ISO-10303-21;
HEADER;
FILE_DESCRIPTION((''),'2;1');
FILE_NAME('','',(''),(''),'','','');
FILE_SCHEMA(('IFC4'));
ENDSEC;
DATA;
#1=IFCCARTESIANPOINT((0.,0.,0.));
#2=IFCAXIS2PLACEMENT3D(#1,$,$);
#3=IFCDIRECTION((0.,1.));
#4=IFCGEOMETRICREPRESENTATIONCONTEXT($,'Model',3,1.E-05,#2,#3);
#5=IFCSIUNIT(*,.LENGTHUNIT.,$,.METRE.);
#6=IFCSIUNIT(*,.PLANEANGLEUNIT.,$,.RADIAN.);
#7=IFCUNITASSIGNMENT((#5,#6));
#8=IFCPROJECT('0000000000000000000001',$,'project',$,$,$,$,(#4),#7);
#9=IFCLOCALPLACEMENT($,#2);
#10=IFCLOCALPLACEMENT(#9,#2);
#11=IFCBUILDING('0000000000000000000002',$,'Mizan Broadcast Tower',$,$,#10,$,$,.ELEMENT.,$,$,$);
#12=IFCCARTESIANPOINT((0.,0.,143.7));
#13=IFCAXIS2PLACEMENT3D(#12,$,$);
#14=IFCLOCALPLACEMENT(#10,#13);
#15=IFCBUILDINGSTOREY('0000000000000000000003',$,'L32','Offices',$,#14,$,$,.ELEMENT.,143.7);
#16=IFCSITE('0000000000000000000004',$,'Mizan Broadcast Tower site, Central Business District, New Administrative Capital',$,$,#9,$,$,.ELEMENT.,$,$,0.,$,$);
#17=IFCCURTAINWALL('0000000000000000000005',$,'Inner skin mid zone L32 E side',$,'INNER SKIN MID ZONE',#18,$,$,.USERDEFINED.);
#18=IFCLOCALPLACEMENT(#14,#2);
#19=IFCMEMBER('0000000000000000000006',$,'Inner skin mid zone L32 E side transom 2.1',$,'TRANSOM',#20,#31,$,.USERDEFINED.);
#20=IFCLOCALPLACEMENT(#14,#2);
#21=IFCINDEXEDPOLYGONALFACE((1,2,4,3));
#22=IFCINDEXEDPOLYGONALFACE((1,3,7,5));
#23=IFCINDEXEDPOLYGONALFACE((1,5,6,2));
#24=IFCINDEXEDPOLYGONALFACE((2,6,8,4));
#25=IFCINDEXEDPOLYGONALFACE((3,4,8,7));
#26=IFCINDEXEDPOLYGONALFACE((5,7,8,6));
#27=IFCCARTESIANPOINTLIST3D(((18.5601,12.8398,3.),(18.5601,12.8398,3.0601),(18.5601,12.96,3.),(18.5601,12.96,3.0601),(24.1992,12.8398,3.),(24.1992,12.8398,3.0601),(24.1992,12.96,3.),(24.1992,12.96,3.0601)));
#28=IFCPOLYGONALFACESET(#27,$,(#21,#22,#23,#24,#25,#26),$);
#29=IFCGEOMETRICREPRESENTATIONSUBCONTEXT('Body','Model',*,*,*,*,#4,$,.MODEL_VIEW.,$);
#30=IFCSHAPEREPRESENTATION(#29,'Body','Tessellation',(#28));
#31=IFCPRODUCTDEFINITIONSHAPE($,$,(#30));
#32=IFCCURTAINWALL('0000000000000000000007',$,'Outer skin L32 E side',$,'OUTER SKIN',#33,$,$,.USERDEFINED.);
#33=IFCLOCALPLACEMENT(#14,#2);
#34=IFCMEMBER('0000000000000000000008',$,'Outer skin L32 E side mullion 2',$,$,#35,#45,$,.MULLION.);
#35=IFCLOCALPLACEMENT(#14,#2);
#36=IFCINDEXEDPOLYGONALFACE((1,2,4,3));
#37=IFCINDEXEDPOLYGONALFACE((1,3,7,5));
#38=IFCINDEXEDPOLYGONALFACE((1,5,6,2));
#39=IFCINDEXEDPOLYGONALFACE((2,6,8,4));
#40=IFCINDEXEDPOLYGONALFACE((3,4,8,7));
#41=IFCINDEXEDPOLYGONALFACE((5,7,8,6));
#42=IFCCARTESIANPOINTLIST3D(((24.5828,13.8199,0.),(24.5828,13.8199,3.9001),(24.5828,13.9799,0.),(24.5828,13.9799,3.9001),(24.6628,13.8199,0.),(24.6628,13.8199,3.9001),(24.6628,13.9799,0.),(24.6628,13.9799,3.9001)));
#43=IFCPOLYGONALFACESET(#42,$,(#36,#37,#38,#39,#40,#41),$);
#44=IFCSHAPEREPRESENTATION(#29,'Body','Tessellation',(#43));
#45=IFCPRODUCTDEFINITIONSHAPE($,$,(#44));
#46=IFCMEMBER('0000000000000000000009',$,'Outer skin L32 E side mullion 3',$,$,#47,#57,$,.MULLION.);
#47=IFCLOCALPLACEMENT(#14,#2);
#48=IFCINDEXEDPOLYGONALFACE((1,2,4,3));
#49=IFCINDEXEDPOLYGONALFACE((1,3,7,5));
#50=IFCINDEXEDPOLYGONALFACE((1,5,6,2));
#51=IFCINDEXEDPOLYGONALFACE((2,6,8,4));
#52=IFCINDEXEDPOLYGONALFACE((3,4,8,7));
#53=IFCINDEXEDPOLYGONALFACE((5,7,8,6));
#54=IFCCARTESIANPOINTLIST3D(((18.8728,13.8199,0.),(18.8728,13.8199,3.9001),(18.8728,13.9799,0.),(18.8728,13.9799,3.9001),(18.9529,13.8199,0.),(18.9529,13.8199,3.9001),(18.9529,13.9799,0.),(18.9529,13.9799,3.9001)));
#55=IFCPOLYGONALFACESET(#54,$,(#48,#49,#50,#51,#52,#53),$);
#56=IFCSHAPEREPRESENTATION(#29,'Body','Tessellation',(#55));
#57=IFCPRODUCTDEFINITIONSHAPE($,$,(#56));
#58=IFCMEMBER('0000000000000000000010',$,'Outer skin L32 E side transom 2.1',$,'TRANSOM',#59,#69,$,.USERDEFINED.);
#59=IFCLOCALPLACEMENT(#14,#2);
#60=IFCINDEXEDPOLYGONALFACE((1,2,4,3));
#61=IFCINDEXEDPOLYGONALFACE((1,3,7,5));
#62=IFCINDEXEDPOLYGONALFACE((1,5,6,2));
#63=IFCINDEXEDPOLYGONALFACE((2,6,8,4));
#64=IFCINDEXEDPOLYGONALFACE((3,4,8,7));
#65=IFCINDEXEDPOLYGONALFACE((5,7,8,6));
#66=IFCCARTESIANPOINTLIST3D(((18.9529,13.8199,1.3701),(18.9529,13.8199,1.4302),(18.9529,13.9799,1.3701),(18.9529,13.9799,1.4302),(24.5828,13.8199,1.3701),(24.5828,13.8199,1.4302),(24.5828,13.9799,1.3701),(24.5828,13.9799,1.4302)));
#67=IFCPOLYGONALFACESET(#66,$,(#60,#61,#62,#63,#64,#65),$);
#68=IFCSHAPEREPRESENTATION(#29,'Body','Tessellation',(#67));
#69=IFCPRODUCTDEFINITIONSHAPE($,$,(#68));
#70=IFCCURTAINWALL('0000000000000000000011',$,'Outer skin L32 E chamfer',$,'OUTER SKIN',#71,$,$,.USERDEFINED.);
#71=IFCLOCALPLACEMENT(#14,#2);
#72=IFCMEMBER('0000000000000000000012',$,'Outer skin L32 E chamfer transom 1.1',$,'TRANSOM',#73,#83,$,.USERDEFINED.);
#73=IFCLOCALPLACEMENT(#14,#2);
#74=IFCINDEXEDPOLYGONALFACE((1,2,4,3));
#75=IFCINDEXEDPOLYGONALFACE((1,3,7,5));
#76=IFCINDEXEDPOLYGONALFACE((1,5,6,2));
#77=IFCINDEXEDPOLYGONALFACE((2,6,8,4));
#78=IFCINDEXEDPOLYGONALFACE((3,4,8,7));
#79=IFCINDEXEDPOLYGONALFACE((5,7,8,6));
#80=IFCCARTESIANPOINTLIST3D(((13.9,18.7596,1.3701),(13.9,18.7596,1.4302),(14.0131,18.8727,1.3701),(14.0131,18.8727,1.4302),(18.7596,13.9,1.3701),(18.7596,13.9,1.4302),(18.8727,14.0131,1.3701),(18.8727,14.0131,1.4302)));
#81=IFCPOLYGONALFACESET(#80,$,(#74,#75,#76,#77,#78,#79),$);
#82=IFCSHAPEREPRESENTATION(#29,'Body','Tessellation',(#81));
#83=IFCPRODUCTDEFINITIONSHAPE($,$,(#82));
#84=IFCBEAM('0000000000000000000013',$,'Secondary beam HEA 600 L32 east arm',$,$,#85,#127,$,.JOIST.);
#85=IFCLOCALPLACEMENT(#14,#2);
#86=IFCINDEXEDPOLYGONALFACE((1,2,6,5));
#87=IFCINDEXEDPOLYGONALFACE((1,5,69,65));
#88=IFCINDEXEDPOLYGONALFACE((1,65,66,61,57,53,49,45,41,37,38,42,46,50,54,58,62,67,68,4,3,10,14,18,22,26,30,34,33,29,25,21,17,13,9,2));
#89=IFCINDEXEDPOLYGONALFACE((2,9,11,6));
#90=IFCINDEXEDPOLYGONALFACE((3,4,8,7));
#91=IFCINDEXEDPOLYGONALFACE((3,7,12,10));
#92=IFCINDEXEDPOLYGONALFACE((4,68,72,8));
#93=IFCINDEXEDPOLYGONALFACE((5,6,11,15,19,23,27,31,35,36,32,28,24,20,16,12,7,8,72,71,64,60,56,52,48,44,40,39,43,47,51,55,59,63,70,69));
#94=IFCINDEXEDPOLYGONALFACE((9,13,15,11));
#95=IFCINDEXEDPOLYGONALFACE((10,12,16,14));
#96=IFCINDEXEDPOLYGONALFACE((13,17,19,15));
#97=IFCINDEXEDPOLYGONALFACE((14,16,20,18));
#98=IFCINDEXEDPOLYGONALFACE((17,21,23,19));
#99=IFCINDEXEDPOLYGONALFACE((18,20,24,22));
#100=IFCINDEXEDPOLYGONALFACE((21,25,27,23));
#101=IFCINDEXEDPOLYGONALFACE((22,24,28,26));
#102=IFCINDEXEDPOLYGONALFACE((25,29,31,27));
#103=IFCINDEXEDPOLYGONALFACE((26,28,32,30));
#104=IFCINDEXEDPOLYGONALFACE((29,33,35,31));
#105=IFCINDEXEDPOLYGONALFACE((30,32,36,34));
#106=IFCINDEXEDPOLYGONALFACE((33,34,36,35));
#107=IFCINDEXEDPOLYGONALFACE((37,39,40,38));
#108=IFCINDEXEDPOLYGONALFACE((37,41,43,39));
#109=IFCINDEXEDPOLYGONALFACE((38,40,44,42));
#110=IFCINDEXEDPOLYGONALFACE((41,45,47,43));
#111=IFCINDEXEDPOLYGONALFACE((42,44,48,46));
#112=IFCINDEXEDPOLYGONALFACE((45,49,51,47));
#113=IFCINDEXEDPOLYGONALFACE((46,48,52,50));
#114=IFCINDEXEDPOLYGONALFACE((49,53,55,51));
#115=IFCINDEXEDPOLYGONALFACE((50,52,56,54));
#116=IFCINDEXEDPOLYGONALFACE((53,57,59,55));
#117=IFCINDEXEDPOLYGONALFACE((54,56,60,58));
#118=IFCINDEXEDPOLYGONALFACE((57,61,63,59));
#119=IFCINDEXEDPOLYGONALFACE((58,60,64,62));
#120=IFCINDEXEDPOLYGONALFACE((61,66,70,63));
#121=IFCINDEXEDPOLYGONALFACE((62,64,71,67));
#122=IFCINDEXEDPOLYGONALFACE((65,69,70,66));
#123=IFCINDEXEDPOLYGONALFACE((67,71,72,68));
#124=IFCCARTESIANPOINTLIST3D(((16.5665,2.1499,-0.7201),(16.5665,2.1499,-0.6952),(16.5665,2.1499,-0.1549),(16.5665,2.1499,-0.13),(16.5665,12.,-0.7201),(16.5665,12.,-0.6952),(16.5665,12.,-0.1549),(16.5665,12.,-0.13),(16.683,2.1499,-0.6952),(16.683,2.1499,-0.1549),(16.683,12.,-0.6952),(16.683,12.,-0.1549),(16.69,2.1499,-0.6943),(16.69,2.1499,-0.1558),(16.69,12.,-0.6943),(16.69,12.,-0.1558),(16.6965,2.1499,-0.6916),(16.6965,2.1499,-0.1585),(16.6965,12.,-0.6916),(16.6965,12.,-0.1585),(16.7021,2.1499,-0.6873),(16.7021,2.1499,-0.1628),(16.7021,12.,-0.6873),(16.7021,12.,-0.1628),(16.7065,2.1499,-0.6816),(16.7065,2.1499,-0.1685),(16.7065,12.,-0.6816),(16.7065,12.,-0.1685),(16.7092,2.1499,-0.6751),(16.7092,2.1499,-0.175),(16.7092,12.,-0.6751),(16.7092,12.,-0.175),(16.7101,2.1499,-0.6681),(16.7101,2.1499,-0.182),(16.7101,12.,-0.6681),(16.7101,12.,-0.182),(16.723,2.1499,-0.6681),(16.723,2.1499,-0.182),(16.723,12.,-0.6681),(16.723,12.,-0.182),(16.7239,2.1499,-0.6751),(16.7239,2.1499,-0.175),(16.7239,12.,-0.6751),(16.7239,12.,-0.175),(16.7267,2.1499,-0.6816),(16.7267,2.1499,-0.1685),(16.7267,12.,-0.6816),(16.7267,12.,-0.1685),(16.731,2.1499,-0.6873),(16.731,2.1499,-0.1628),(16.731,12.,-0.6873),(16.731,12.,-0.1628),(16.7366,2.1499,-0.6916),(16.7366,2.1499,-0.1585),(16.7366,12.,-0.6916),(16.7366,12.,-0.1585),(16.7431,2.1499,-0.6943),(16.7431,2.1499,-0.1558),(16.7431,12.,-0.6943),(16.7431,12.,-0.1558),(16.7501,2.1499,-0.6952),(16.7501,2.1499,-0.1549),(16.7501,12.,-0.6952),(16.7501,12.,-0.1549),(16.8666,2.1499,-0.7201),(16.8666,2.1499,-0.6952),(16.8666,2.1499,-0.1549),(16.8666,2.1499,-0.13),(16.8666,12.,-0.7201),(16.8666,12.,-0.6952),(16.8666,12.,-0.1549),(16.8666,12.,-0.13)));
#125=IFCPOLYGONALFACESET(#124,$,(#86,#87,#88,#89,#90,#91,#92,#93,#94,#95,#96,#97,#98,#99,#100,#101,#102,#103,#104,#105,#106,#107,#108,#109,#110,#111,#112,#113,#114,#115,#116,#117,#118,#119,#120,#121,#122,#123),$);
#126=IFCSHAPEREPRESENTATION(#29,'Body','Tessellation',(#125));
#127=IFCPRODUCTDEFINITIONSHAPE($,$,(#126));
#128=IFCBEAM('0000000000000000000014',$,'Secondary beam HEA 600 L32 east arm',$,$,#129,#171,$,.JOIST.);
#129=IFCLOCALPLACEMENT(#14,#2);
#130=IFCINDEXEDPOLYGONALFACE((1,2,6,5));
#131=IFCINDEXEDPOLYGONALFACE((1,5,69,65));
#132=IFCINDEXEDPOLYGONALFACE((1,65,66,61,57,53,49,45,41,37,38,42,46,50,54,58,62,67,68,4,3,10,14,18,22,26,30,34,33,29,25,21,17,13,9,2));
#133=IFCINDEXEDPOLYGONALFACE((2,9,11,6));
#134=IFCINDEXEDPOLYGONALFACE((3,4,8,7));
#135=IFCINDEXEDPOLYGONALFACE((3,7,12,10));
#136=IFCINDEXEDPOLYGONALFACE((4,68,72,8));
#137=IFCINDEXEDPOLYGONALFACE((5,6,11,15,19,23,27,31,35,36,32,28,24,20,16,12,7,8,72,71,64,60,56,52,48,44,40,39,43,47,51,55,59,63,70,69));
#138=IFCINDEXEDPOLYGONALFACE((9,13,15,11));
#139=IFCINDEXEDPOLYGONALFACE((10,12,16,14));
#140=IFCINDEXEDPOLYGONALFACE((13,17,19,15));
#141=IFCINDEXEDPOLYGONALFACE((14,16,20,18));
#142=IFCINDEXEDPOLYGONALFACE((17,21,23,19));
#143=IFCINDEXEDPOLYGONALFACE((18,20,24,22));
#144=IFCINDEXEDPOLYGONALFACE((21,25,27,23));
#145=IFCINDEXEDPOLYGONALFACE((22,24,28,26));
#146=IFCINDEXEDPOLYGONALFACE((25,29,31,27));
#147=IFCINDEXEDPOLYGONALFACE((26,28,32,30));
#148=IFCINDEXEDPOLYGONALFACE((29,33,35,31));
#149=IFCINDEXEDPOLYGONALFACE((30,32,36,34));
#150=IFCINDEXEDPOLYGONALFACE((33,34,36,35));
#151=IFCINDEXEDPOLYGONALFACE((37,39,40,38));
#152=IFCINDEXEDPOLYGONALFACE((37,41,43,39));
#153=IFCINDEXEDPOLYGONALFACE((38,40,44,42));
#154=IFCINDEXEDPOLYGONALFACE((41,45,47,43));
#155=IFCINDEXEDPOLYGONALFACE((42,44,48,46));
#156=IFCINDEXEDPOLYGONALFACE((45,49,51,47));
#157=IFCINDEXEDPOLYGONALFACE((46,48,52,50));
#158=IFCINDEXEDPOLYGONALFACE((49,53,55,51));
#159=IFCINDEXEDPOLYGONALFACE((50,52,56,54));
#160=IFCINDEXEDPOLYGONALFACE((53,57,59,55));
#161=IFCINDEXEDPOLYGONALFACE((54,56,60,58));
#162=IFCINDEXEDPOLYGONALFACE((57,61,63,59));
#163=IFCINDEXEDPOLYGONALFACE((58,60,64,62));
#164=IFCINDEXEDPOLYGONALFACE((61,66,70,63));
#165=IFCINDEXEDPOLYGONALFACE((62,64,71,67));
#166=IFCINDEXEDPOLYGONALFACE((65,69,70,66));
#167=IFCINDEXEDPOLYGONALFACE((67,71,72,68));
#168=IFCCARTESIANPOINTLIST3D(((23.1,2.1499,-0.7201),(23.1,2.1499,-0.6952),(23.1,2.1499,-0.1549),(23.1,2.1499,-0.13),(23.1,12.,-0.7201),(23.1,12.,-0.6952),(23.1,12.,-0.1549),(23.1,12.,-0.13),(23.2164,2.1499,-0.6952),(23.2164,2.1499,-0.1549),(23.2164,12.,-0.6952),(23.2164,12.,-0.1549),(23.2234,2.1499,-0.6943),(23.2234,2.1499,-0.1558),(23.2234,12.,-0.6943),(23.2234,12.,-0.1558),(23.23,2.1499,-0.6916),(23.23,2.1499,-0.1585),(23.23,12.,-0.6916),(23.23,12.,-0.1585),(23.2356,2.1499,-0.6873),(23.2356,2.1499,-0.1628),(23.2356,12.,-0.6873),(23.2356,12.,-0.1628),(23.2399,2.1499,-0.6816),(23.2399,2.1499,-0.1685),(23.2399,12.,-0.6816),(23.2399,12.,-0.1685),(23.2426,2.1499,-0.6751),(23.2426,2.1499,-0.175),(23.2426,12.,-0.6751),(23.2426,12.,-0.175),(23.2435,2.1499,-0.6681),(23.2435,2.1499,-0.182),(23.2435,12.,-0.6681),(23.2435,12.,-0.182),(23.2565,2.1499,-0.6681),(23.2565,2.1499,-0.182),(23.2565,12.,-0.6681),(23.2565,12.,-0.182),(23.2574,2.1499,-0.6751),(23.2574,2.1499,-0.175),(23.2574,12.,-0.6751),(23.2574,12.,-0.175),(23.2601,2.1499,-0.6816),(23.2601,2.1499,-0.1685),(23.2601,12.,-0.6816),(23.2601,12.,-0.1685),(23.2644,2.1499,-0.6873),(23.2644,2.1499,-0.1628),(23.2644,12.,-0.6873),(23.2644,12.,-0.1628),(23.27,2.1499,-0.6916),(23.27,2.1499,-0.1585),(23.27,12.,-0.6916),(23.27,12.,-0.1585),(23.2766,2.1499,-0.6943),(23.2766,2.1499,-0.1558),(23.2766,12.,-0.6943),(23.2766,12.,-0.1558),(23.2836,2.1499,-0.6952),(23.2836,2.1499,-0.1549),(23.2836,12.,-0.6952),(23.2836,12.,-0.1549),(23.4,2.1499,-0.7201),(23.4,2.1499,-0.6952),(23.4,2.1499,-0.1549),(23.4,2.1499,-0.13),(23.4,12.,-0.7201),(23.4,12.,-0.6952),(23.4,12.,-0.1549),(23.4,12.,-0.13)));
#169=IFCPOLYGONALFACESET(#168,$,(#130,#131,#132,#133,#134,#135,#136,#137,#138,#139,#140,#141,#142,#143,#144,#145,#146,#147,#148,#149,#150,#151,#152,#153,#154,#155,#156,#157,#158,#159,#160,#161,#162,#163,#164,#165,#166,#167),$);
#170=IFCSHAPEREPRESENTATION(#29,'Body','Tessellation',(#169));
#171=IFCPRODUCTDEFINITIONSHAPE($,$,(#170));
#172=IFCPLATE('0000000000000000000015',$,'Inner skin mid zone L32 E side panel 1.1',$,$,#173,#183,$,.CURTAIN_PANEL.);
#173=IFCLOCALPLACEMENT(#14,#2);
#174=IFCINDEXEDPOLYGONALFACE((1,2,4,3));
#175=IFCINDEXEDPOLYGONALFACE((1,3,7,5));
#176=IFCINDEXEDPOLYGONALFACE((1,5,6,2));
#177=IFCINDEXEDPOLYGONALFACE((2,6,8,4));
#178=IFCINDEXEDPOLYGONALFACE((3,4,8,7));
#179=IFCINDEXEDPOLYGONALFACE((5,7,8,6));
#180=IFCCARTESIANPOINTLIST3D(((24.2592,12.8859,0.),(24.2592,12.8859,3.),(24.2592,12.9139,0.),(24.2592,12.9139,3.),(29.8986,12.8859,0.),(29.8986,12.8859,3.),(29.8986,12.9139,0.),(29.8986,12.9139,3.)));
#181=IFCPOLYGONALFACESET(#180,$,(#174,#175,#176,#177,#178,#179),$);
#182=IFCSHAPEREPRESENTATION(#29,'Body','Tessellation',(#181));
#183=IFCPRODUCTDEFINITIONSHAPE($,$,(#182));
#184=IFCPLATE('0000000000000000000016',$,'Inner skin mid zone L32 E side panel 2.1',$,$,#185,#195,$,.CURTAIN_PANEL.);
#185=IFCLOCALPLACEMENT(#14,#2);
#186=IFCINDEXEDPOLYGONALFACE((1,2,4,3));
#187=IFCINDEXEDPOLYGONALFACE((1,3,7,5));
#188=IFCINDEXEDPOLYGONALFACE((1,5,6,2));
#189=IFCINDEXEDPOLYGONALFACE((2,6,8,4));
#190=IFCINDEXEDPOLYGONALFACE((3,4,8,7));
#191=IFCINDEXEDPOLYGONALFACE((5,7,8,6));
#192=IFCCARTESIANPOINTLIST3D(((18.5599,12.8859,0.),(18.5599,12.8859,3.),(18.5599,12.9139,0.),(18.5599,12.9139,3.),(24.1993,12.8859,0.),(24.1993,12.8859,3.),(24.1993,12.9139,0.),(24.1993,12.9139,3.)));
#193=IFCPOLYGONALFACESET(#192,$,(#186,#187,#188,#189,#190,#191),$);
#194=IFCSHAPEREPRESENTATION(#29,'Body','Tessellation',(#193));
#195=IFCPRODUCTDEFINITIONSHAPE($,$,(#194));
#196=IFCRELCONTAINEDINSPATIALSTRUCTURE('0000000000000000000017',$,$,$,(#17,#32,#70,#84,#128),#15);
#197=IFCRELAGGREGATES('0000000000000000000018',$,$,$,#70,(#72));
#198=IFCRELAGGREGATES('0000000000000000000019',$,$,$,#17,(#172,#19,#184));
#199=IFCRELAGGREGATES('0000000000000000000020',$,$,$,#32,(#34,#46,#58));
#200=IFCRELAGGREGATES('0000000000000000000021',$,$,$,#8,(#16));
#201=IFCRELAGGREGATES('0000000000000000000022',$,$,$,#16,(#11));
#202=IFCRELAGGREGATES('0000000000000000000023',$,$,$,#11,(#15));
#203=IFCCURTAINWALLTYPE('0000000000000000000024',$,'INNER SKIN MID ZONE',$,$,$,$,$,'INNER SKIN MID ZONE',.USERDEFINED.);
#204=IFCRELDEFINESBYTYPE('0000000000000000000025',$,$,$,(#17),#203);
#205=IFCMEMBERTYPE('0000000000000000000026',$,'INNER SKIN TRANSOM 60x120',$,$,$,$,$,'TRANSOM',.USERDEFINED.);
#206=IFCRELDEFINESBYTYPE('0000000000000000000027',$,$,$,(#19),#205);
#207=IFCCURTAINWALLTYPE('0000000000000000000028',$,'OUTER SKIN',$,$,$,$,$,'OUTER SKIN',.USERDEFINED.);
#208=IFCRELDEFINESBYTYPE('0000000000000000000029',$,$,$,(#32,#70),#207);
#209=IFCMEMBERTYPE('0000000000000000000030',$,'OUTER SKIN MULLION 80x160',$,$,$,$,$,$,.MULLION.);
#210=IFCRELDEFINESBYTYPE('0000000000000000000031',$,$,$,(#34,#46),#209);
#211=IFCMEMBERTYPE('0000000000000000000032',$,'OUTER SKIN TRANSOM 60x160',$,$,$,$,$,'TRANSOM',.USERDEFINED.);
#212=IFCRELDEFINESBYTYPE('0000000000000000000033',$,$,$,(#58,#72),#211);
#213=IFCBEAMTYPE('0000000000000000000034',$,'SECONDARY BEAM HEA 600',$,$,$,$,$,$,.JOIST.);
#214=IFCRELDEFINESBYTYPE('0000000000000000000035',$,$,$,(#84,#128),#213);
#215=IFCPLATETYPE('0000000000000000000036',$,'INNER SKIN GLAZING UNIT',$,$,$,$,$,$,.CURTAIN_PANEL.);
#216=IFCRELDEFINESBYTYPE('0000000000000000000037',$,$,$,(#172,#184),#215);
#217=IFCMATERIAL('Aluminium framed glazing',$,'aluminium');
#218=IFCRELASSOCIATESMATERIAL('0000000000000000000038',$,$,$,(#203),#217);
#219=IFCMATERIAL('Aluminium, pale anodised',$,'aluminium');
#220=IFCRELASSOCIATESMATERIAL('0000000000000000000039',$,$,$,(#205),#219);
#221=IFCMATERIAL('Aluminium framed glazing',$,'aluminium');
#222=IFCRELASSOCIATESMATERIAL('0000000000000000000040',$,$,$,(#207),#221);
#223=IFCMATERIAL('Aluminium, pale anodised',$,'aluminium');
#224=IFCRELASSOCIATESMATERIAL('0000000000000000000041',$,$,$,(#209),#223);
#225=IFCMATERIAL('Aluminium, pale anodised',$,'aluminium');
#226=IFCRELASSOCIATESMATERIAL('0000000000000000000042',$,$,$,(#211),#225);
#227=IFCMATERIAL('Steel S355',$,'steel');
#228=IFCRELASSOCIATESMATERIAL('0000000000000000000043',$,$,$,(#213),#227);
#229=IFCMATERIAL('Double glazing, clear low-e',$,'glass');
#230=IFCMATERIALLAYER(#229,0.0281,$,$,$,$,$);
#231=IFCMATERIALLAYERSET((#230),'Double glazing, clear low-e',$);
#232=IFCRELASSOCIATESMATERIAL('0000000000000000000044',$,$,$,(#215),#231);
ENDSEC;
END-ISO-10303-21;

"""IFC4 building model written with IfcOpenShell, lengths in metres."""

from ifc_helpers import new_model, si_unit, direction, frame, origin, origin_2d, place, context, subcontext, project, spatial, rectangle, i_section, extrude, material, layer, layer_set, material_profile, profile_set, type_object, element, aggregate, save


model = new_model("IFC4")

# Units and contexts
model_context = context("Model", 3, precision=1e-05, world=origin(), true_north=direction((0.0, 1.0)))
body_context = subcontext(model_context, "Body", "Model", "MODEL_VIEW")
ifc_project = project(units=[si_unit("LENGTHUNIT", "METRE"), si_unit("PLANEANGLEUNIT", "RADIAN")], contexts=[model_context])

# Site, building, storey
site_placement = place(None, origin())
site = spatial("IfcSite", under=ifc_project, at=site_placement, Name="Mizan Broadcast Tower site, Central Business District, New Administrative Capital", CompositionType="ELEMENT", RefElevation=0.0)
building_placement = place(site_placement, origin())
building = spatial("IfcBuilding", under=site, at=building_placement, Name="Mizan Broadcast Tower", CompositionType="ELEMENT")
storey_placement = place(building_placement, frame((0.0, 0.0, 143.7)))
storey = spatial("IfcBuildingStorey", under=building, at=storey_placement, Name="L32", Description="Offices", CompositionType="ELEMENT", Elevation=143.7)

# Curtain walls, members
ifc_material_1 = material(Name="Aluminium framed glazing", Category="aluminium")
curtain_wall_type_1 = type_object("IfcCurtainWallType", Name="INNER SKIN MID ZONE", ElementType="INNER SKIN MID ZONE", PredefinedType="USERDEFINED", material=ifc_material_1)
curtain_wall_1_placement = place(storey_placement, origin())
curtain_wall_1 = element("IfcCurtainWall", 1, at=curtain_wall_1_placement, inside=storey, type_object=curtain_wall_type_1, Name="Inner skin mid zone L32 E side", ObjectType="INNER SKIN MID ZONE", PredefinedType="USERDEFINED")
ifc_material_2 = material(Name="Aluminium, pale anodised", Category="aluminium")
ifc_material_profile_1 = material_profile(ifc_material_2, rectangle(XDim=0.1201, YDim=0.0601, at=origin_2d()), Name="TRANSOM 120x60")
ifc_profile_set_1 = profile_set([ifc_material_profile_1], Name="Aluminium, pale anodised")
member_type_1 = type_object("IfcMemberType", Name="INNER SKIN TRANSOM 60x120", ElementType="TRANSOM", PredefinedType="USERDEFINED", material=ifc_profile_set_1)
member_1_placement = place(storey_placement, frame((24.1992, 12.8999, 3.03), z_axis=(-1.0, 0.0, 0.0), x_axis=(0.0, -1.0, 0.0)))
member_1 = element("IfcMember", 2, at=member_1_placement, type_object=member_type_1, Name="Inner skin mid zone L32 E side transom 2.1", ObjectType="TRANSOM", PredefinedType="USERDEFINED", context=body_context, shape_type="SweptSolid", body=[
    extrude(rectangle(XDim=0.1201, YDim=0.0601, at=origin_2d()), origin(), (0.0, 0.0, 1.0), 5.6392),
])
ifc_material_3 = material(Name="Aluminium framed glazing", Category="aluminium")
curtain_wall_type_2 = type_object("IfcCurtainWallType", Name="OUTER SKIN", ElementType="OUTER SKIN", PredefinedType="USERDEFINED", material=ifc_material_3)
curtain_wall_2_placement = place(storey_placement, origin())
curtain_wall_2 = element("IfcCurtainWall", 3, at=curtain_wall_2_placement, inside=storey, type_object=curtain_wall_type_2, Name="Outer skin L32 E side", ObjectType="OUTER SKIN", PredefinedType="USERDEFINED")
ifc_material_4 = material(Name="Aluminium, pale anodised", Category="aluminium")
ifc_material_profile_2 = material_profile(ifc_material_4, rectangle(XDim=0.1599, YDim=0.0801, at=origin_2d()), Name="MULLION 160x80")
ifc_profile_set_2 = profile_set([ifc_material_profile_2], Name="Aluminium, pale anodised")
member_type_2 = type_object("IfcMemberType", Name="OUTER SKIN MULLION 80x160", PredefinedType="MULLION", material=ifc_profile_set_2)
member_2_placement = place(storey_placement, frame((24.6228, 13.8999, 0.0), z_axis=(0.0, 0.0, 1.0), x_axis=(0.0, -1.0, 0.0)))
member_2 = element("IfcMember", 4, at=member_2_placement, type_object=member_type_2, Name="Outer skin L32 E side mullion 2", PredefinedType="MULLION", context=body_context, shape_type="SweptSolid", body=[
    extrude(rectangle(XDim=0.1599, YDim=0.0801, at=origin_2d()), origin(), (0.0, 0.0, 1.0), 3.9001),
])
member_3_placement = place(storey_placement, frame((18.9128, 13.8999, 0.0), z_axis=(0.0, 0.0, 1.0), x_axis=(0.0, -1.0, 0.0)))
member_3 = element("IfcMember", 5, at=member_3_placement, type_object=member_type_2, Name="Outer skin L32 E side mullion 3", PredefinedType="MULLION", context=body_context, shape_type="SweptSolid", body=[
    extrude(rectangle(XDim=0.1599, YDim=0.0801, at=origin_2d()), origin(), (0.0, 0.0, 1.0), 3.9001),
])
ifc_material_5 = material(Name="Aluminium, pale anodised", Category="aluminium")
ifc_material_profile_3 = material_profile(ifc_material_5, rectangle(XDim=0.1599, YDim=0.0601, at=origin_2d()), Name="TRANSOM 160x60")
ifc_profile_set_3 = profile_set([ifc_material_profile_3], Name="Aluminium, pale anodised")
member_type_3 = type_object("IfcMemberType", Name="OUTER SKIN TRANSOM 60x160", ElementType="TRANSOM", PredefinedType="USERDEFINED", material=ifc_profile_set_3)
member_4_placement = place(storey_placement, frame((24.5828, 13.8999, 1.4001), z_axis=(-1.0, 0.0, 0.0), x_axis=(0.0, -1.0, 0.0)))
member_4 = element("IfcMember", 6, at=member_4_placement, type_object=member_type_3, Name="Outer skin L32 E side transom 2.1", ObjectType="TRANSOM", PredefinedType="USERDEFINED", context=body_context, shape_type="SweptSolid", body=[
    extrude(rectangle(XDim=0.1599, YDim=0.0601, at=origin_2d()), origin(), (0.0, 0.0, 1.0), 5.6299),
])

# Curtain wall, member
curtain_wall_3_placement = place(storey_placement, origin())
curtain_wall_3 = element("IfcCurtainWall", 7, at=curtain_wall_3_placement, inside=storey, type_object=curtain_wall_type_2, Name="Outer skin L32 E chamfer", ObjectType="OUTER SKIN", PredefinedType="USERDEFINED")
member_5_placement = place(storey_placement, frame((18.8162, 13.9565, 1.4001), z_axis=(-0.707107, 0.707107, 0.0), x_axis=(-0.707107, -0.707107, 0.0)))
member_5 = element("IfcMember", 8, at=member_5_placement, type_object=member_type_3, Name="Outer skin L32 E chamfer transom 1.1", ObjectType="TRANSOM", PredefinedType="USERDEFINED", context=body_context, shape_type="SweptSolid", body=[
    extrude(rectangle(XDim=0.1599, YDim=0.0601, at=origin_2d()), origin(), (0.0, 0.0, 1.0), 6.8726),
])
aggregate(curtain_wall_3, [member_5])

# Beams
ifc_material_6 = material(Name="Steel S355", Category="steel")
ifc_material_profile_4 = material_profile(ifc_material_6, i_section(OverallWidth=0.3, OverallDepth=0.5901, WebThickness=0.0129, FlangeThickness=0.0249, FilletRadius=0.0271, at=origin_2d()), Name="HEA 600")
ifc_profile_set_4 = profile_set([ifc_material_profile_4], Name="Steel S355")
beam_type_1 = type_object("IfcBeamType", Name="SECONDARY BEAM HEA 600", PredefinedType="JOIST", material=ifc_profile_set_4)
for number, where, z_axis, x_axis, name in (
    (9, (16.7166, 12.0, -0.425), (0.0, -1.0, 0.0), (1.0, 0.0, 0.0), "Secondary beam HEA 600 L32 east arm"),
    (10, (23.25, 12.0, -0.425), (0.0, -1.0, 0.0), (1.0, 0.0, 0.0), "Secondary beam HEA 600 L32 east arm"),
):
    element("IfcBeam", number, at=place(storey_placement, frame(where, z_axis=z_axis, x_axis=x_axis)), inside=storey, type_object=beam_type_1, Name=name, PredefinedType="JOIST", context=body_context, shape_type="SweptSolid", body=[
        extrude(i_section(OverallWidth=0.3, OverallDepth=0.5901, WebThickness=0.0129, FlangeThickness=0.0249, FilletRadius=0.0271, at=origin_2d()), origin(), (0.0, 0.0, 1.0), 9.8501),
    ])

# Plates
ifc_material_7 = material(Name="Double glazing, clear low-e", Category="glass")
ifc_layer_1 = layer(ifc_material_7, 0.0281)
ifc_layer_set_1 = layer_set([ifc_layer_1], Name="Double glazing, clear low-e")
plate_type_1 = type_object("IfcPlateType", Name="INNER SKIN GLAZING UNIT", PredefinedType="CURTAIN_PANEL", material=ifc_layer_set_1)
plate_1_placement = place(storey_placement, frame((27.0789, 12.8999, 0.0), z_axis=(0.0, 0.0, 1.0), x_axis=(-1.0, 0.0, 0.0)))
plate_1 = element("IfcPlate", 11, at=plate_1_placement, type_object=plate_type_1, Name="Inner skin mid zone L32 E side panel 1.1", PredefinedType="CURTAIN_PANEL", context=body_context, shape_type="SweptSolid", body=[
    extrude(rectangle(XDim=5.6394, YDim=0.0281, at=origin_2d()), origin(), (0.0, 0.0, 1.0), 3.0),
])
plate_2_placement = place(storey_placement, frame((21.3796, 12.8999, 0.0), z_axis=(0.0, 0.0, 1.0), x_axis=(-1.0, 0.0, 0.0)))
plate_2 = element("IfcPlate", 12, at=plate_2_placement, type_object=plate_type_1, Name="Inner skin mid zone L32 E side panel 2.1", PredefinedType="CURTAIN_PANEL", context=body_context, shape_type="SweptSolid", body=[
    extrude(rectangle(XDim=5.6394, YDim=0.0281, at=origin_2d()), origin(), (0.0, 0.0, 1.0), 3.0),
])
aggregate(curtain_wall_1, [plate_1, member_1, plate_2])
aggregate(curtain_wall_2, [member_2, member_3, member_4])

save(model, "model.ifc")
